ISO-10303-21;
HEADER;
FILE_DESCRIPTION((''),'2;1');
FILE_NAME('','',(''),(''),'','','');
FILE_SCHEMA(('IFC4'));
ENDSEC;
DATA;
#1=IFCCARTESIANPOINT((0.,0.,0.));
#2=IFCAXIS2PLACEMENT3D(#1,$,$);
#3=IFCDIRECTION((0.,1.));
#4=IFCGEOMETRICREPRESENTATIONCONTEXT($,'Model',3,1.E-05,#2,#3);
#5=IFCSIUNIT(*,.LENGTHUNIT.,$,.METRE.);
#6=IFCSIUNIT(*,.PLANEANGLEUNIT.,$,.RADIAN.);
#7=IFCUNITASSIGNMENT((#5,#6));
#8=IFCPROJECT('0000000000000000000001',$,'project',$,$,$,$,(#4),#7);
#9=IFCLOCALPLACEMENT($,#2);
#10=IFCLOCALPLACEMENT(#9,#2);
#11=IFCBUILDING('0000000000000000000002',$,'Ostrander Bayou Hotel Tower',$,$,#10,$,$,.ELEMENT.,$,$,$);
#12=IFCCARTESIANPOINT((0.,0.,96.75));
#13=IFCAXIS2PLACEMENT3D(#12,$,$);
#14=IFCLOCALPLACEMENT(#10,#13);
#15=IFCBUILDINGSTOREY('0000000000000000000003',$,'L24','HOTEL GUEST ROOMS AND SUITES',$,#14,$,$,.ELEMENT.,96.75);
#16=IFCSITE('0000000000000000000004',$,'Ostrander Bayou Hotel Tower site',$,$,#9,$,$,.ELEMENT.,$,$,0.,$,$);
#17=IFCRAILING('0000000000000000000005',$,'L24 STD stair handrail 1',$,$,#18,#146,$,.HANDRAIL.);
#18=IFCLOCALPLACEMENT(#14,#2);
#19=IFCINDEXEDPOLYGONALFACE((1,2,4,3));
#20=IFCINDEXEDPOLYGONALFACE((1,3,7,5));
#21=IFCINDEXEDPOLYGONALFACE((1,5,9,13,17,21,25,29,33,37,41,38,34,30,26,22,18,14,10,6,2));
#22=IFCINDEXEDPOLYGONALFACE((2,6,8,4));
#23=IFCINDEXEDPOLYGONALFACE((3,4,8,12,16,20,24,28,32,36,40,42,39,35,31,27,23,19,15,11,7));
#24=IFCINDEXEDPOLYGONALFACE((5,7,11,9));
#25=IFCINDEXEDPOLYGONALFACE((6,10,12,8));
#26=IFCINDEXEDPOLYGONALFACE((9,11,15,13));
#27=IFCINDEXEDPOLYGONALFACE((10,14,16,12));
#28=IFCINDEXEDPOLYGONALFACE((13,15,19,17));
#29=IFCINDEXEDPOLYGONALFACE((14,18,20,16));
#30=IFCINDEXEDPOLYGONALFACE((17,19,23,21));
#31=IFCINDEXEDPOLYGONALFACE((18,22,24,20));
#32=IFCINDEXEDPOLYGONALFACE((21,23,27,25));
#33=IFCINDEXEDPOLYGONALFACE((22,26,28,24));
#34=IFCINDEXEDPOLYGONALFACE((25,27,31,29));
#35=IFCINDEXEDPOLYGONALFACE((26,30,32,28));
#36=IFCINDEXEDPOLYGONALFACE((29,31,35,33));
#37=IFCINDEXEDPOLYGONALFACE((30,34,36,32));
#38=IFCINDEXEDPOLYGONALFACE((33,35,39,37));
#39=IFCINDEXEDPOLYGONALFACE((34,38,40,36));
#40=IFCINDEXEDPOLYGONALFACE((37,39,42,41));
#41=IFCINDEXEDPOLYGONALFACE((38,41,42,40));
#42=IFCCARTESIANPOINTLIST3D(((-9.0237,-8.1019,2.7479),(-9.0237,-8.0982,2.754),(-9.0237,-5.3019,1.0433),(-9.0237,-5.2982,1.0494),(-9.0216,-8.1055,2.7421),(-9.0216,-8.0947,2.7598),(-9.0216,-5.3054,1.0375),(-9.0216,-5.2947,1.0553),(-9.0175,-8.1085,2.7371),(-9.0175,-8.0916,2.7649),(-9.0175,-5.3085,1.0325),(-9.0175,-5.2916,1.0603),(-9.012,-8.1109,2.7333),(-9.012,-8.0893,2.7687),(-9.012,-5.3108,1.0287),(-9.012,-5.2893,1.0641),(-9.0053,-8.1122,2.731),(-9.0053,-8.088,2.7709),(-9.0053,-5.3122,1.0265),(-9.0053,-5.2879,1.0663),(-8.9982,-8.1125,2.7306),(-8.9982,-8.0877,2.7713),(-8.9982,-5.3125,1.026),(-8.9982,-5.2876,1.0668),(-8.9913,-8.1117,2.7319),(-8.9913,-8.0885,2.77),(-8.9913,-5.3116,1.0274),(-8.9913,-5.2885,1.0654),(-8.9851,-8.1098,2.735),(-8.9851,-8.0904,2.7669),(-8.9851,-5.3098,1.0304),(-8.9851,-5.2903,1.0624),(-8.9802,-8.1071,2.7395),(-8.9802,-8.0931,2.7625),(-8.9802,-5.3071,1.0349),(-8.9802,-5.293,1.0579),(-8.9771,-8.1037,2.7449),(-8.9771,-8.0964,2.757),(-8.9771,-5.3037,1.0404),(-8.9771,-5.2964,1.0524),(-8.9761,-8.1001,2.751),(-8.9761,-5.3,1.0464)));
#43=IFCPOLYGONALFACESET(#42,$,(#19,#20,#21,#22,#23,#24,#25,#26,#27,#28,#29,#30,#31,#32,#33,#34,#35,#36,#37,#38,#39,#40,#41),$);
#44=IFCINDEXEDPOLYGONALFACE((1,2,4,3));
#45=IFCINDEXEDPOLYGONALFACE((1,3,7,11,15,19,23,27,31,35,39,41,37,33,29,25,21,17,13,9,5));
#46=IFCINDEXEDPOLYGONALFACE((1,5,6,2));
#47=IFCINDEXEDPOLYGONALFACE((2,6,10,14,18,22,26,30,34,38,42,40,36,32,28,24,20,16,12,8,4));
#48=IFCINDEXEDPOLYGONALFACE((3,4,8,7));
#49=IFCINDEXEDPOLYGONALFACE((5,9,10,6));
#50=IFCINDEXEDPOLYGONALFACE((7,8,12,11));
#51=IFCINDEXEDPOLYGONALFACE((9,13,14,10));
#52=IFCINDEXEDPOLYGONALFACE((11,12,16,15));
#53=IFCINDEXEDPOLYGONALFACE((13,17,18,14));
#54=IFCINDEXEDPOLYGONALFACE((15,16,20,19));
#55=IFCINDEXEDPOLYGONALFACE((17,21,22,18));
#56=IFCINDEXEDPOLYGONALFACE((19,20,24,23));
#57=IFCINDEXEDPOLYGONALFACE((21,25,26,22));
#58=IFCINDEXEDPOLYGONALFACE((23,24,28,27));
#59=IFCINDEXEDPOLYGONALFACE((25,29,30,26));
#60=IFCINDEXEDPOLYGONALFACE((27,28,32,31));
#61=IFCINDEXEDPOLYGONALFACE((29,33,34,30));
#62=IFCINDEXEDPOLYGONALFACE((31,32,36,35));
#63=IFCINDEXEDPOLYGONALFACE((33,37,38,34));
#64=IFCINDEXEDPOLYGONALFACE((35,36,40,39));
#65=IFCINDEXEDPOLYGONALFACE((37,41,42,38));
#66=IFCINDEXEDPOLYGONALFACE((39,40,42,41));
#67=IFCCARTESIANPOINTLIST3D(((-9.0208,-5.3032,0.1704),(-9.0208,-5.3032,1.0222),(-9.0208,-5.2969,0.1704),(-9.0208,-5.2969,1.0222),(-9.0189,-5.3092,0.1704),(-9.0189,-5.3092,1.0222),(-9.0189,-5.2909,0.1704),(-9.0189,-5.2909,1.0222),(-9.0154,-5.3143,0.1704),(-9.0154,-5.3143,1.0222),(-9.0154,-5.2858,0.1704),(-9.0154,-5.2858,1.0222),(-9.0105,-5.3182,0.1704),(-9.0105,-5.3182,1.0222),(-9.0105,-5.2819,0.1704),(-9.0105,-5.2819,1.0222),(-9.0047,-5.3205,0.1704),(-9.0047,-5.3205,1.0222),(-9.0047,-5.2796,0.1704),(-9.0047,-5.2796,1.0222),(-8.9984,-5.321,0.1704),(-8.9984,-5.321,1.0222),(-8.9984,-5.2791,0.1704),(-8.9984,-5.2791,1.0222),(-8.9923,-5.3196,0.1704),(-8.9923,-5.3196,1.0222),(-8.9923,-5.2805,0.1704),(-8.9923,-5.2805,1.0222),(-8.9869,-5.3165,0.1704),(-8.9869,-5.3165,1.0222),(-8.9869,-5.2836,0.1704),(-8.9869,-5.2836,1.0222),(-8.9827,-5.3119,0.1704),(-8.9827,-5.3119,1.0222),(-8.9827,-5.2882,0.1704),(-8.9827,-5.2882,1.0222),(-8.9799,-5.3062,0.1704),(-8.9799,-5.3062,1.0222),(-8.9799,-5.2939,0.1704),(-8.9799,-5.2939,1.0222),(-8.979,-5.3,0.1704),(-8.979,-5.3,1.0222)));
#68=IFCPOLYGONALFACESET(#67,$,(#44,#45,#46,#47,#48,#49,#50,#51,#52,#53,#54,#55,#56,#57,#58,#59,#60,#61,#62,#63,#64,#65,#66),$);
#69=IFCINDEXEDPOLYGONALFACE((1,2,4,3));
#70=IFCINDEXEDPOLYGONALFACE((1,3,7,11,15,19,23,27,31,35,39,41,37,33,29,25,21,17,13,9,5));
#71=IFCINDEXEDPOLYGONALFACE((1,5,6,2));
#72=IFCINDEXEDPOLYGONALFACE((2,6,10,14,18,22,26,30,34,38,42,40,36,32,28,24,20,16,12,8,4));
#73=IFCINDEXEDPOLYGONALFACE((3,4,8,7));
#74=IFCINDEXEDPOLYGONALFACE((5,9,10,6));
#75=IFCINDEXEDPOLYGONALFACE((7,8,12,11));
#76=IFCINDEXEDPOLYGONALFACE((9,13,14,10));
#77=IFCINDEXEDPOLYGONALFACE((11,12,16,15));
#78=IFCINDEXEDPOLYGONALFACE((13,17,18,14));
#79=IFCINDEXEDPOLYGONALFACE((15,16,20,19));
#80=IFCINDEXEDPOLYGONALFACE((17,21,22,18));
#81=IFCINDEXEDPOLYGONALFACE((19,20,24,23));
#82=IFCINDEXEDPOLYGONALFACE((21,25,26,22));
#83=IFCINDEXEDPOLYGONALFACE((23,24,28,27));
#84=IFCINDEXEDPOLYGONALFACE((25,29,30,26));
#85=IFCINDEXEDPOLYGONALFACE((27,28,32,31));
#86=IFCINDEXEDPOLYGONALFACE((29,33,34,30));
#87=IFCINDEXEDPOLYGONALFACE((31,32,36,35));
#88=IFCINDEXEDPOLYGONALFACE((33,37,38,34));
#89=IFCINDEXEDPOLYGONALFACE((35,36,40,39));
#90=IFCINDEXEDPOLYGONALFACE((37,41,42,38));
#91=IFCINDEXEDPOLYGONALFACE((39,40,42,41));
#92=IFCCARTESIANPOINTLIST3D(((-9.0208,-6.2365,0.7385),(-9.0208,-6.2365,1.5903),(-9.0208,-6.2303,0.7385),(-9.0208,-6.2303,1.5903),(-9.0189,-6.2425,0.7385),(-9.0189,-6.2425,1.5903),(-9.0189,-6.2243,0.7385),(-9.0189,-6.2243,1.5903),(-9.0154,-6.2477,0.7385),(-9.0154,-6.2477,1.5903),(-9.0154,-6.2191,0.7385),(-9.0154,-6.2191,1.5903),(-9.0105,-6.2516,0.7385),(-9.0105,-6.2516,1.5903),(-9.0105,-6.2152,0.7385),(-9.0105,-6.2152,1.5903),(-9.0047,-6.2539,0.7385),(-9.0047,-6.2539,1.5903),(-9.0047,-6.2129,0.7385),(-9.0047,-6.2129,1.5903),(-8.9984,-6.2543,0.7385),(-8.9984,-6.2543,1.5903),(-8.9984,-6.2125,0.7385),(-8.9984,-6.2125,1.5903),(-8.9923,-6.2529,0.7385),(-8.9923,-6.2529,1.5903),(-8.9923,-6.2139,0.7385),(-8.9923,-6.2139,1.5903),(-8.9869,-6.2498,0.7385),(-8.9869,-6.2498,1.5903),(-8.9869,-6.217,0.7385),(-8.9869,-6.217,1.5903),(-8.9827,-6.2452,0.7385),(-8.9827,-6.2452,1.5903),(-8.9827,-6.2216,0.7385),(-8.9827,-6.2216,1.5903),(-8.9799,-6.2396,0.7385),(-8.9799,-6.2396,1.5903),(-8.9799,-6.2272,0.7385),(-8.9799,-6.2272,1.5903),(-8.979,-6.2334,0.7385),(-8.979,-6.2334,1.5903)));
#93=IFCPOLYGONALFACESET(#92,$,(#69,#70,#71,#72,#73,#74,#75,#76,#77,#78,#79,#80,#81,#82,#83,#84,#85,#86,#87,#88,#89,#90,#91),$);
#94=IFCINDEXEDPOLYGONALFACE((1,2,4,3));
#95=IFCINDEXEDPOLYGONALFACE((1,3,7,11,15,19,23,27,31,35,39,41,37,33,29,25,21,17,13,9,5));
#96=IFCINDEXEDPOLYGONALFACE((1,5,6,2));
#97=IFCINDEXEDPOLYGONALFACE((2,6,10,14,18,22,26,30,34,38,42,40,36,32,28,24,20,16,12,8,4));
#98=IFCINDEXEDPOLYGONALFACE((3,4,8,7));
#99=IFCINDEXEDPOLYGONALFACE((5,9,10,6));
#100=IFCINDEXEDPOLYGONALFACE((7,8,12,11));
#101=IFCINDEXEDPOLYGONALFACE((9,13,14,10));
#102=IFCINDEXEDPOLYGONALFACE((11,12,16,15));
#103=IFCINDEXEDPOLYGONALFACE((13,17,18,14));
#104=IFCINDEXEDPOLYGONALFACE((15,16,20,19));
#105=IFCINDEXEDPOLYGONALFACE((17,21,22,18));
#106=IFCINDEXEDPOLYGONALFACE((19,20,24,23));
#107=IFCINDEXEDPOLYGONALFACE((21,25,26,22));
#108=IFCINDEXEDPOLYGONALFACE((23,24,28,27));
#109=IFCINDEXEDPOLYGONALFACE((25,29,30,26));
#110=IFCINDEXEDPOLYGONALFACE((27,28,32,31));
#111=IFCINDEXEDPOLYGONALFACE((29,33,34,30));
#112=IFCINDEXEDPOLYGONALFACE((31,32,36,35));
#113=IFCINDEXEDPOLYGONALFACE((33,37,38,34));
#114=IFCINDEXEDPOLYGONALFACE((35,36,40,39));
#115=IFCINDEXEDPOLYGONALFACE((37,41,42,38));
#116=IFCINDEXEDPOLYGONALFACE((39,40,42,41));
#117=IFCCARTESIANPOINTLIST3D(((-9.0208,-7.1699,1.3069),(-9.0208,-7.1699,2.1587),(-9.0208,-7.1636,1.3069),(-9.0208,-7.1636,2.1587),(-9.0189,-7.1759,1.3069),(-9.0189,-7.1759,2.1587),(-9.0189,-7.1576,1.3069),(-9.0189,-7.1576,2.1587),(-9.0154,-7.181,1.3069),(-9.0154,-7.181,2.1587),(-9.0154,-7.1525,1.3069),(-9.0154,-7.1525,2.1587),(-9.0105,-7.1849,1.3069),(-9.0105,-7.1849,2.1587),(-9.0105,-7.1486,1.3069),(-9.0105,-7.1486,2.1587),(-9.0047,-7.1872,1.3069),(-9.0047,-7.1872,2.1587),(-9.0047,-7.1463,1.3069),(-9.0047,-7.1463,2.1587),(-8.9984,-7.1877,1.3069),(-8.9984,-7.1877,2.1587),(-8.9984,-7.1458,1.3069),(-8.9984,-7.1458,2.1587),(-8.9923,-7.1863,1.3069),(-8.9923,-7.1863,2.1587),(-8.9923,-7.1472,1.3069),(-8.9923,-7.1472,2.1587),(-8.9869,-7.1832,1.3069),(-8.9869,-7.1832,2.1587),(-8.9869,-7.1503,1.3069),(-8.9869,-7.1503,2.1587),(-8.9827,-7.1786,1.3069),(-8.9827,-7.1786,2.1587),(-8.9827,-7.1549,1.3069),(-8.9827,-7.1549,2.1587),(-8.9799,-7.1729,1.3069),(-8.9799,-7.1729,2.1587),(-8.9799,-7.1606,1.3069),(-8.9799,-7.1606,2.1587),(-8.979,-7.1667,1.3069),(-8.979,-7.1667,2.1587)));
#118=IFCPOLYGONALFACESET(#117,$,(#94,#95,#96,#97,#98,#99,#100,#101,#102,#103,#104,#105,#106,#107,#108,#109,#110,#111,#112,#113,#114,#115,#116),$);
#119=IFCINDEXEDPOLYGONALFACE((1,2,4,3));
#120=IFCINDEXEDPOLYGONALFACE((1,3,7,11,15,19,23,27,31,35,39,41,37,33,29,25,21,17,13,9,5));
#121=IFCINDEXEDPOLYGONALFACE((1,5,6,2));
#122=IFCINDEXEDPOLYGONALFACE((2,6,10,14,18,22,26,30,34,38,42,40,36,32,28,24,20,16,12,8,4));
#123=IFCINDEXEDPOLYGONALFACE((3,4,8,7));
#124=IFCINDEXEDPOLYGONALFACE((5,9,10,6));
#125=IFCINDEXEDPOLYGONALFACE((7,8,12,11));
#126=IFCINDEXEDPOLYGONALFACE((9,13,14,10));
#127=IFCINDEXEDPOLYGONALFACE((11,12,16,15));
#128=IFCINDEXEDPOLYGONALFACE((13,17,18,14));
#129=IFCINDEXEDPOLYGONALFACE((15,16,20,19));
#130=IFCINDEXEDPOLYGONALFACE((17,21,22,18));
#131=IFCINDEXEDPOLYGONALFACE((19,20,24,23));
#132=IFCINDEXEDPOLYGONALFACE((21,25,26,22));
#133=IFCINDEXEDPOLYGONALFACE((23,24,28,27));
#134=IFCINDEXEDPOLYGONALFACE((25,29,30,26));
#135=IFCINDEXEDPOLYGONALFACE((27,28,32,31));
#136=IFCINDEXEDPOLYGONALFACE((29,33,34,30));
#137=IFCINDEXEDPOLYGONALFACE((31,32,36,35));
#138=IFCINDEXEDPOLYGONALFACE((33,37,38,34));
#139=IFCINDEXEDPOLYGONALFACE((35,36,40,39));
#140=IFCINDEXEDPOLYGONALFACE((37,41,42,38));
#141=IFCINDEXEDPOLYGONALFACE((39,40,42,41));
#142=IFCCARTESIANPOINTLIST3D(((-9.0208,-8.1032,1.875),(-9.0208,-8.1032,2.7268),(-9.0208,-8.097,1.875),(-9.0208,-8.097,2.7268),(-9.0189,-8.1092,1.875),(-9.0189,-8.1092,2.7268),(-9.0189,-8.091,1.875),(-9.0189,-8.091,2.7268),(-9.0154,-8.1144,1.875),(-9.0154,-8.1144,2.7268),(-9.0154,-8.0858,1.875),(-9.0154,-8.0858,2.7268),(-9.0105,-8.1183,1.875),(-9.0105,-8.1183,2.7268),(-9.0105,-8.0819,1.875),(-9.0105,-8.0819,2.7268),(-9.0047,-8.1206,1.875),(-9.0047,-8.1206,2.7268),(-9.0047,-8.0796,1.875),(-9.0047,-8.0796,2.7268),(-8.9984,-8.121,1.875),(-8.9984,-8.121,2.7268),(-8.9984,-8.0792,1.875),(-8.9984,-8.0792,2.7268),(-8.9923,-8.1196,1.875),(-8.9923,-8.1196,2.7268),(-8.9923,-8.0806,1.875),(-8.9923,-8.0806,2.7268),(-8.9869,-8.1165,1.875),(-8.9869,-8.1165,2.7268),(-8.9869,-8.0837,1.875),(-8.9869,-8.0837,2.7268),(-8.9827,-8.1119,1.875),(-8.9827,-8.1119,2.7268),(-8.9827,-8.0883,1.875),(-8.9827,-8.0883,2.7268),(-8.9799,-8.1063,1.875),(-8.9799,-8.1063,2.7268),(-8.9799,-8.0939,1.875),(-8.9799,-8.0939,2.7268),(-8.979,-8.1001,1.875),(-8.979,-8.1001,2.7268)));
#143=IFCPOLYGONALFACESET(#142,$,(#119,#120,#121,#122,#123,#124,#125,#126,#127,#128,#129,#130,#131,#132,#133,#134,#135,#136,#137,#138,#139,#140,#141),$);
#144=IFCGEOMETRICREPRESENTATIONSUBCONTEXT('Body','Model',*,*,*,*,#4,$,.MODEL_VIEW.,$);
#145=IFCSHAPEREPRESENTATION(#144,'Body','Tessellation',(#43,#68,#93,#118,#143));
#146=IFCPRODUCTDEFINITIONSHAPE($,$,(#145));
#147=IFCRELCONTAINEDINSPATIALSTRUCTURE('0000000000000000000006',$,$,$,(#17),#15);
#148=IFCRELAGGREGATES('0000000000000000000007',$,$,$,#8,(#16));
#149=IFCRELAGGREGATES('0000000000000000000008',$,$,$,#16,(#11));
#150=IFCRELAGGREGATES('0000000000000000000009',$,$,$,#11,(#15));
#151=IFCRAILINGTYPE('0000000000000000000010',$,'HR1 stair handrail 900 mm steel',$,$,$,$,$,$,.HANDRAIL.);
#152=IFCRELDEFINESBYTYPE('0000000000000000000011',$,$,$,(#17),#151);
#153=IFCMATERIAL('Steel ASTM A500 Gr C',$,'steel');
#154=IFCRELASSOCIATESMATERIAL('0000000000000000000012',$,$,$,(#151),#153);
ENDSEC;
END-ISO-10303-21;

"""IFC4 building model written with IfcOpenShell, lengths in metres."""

from ifc_helpers import new_model, si_unit, direction, frame, origin, origin_2d, place, context, subcontext, project, spatial, circle, extrude, material, type_object, element, save


model = new_model("IFC4")

# Units and contexts
model_context = context("Model", 3, precision=1e-05, world=origin(), true_north=direction((0.0, 1.0)))
body_context = subcontext(model_context, "Body", "Model", "MODEL_VIEW")
ifc_project = project(units=[si_unit("LENGTHUNIT", "METRE"), si_unit("PLANEANGLEUNIT", "RADIAN")], contexts=[model_context])

# Site, building, storey
site_placement = place(None, origin())
site = spatial("IfcSite", under=ifc_project, at=site_placement, Name="Ostrander Bayou Hotel Tower site", CompositionType="ELEMENT", RefElevation=0.0)
building_placement = place(site_placement, origin())
building = spatial("IfcBuilding", under=site, at=building_placement, Name="Ostrander Bayou Hotel Tower", CompositionType="ELEMENT")
storey_placement = place(building_placement, frame((0.0, 0.0, 96.75)))
storey = spatial("IfcBuildingStorey", under=building, at=storey_placement, Name="L24", Description="HOTEL GUEST ROOMS AND SUITES", CompositionType="ELEMENT", Elevation=96.75)

# Railing
ifc_material_1 = material(Name="Steel ASTM A500 Gr C", Category="steel")
railing_type_1 = type_object("IfcRailingType", Name="HR1 stair handrail 900 mm steel", PredefinedType="HANDRAIL", material=ifc_material_1)
railing_1_placement = place(storey_placement, frame((-9.0, -5.3, 0.1704)))
element("IfcRailing", 1, at=railing_1_placement, inside=storey, type_object=railing_type_1, Name="L24 STD stair handrail 1", PredefinedType="HANDRAIL", context=body_context, shape_type="SweptSolid", body=[
    extrude(circle(Radius=0.0239, at=origin_2d()), frame((0.0, 0.0, 0.876), z_axis=(0.0, -0.85417, 0.519994), x_axis=(1.0, 0.0, 0.0)), (0.0, 0.0, 1.0), 3.2781),
    extrude(circle(Radius=0.021, at=origin_2d()), origin(), (0.0, 0.0, 1.0), 0.8518),
    extrude(circle(Radius=0.021, at=origin_2d()), frame((0.0, -0.9333, 0.5681)), (0.0, 0.0, 1.0), 0.8518),
    extrude(circle(Radius=0.021, at=origin_2d()), frame((0.0, -1.8667, 1.1365)), (0.0, 0.0, 1.0), 0.8518),
    extrude(circle(Radius=0.021, at=origin_2d()), frame((0.0, -2.8, 1.7046)), (0.0, 0.0, 1.0), 0.8518),
])

save(model, "model.ifc")
